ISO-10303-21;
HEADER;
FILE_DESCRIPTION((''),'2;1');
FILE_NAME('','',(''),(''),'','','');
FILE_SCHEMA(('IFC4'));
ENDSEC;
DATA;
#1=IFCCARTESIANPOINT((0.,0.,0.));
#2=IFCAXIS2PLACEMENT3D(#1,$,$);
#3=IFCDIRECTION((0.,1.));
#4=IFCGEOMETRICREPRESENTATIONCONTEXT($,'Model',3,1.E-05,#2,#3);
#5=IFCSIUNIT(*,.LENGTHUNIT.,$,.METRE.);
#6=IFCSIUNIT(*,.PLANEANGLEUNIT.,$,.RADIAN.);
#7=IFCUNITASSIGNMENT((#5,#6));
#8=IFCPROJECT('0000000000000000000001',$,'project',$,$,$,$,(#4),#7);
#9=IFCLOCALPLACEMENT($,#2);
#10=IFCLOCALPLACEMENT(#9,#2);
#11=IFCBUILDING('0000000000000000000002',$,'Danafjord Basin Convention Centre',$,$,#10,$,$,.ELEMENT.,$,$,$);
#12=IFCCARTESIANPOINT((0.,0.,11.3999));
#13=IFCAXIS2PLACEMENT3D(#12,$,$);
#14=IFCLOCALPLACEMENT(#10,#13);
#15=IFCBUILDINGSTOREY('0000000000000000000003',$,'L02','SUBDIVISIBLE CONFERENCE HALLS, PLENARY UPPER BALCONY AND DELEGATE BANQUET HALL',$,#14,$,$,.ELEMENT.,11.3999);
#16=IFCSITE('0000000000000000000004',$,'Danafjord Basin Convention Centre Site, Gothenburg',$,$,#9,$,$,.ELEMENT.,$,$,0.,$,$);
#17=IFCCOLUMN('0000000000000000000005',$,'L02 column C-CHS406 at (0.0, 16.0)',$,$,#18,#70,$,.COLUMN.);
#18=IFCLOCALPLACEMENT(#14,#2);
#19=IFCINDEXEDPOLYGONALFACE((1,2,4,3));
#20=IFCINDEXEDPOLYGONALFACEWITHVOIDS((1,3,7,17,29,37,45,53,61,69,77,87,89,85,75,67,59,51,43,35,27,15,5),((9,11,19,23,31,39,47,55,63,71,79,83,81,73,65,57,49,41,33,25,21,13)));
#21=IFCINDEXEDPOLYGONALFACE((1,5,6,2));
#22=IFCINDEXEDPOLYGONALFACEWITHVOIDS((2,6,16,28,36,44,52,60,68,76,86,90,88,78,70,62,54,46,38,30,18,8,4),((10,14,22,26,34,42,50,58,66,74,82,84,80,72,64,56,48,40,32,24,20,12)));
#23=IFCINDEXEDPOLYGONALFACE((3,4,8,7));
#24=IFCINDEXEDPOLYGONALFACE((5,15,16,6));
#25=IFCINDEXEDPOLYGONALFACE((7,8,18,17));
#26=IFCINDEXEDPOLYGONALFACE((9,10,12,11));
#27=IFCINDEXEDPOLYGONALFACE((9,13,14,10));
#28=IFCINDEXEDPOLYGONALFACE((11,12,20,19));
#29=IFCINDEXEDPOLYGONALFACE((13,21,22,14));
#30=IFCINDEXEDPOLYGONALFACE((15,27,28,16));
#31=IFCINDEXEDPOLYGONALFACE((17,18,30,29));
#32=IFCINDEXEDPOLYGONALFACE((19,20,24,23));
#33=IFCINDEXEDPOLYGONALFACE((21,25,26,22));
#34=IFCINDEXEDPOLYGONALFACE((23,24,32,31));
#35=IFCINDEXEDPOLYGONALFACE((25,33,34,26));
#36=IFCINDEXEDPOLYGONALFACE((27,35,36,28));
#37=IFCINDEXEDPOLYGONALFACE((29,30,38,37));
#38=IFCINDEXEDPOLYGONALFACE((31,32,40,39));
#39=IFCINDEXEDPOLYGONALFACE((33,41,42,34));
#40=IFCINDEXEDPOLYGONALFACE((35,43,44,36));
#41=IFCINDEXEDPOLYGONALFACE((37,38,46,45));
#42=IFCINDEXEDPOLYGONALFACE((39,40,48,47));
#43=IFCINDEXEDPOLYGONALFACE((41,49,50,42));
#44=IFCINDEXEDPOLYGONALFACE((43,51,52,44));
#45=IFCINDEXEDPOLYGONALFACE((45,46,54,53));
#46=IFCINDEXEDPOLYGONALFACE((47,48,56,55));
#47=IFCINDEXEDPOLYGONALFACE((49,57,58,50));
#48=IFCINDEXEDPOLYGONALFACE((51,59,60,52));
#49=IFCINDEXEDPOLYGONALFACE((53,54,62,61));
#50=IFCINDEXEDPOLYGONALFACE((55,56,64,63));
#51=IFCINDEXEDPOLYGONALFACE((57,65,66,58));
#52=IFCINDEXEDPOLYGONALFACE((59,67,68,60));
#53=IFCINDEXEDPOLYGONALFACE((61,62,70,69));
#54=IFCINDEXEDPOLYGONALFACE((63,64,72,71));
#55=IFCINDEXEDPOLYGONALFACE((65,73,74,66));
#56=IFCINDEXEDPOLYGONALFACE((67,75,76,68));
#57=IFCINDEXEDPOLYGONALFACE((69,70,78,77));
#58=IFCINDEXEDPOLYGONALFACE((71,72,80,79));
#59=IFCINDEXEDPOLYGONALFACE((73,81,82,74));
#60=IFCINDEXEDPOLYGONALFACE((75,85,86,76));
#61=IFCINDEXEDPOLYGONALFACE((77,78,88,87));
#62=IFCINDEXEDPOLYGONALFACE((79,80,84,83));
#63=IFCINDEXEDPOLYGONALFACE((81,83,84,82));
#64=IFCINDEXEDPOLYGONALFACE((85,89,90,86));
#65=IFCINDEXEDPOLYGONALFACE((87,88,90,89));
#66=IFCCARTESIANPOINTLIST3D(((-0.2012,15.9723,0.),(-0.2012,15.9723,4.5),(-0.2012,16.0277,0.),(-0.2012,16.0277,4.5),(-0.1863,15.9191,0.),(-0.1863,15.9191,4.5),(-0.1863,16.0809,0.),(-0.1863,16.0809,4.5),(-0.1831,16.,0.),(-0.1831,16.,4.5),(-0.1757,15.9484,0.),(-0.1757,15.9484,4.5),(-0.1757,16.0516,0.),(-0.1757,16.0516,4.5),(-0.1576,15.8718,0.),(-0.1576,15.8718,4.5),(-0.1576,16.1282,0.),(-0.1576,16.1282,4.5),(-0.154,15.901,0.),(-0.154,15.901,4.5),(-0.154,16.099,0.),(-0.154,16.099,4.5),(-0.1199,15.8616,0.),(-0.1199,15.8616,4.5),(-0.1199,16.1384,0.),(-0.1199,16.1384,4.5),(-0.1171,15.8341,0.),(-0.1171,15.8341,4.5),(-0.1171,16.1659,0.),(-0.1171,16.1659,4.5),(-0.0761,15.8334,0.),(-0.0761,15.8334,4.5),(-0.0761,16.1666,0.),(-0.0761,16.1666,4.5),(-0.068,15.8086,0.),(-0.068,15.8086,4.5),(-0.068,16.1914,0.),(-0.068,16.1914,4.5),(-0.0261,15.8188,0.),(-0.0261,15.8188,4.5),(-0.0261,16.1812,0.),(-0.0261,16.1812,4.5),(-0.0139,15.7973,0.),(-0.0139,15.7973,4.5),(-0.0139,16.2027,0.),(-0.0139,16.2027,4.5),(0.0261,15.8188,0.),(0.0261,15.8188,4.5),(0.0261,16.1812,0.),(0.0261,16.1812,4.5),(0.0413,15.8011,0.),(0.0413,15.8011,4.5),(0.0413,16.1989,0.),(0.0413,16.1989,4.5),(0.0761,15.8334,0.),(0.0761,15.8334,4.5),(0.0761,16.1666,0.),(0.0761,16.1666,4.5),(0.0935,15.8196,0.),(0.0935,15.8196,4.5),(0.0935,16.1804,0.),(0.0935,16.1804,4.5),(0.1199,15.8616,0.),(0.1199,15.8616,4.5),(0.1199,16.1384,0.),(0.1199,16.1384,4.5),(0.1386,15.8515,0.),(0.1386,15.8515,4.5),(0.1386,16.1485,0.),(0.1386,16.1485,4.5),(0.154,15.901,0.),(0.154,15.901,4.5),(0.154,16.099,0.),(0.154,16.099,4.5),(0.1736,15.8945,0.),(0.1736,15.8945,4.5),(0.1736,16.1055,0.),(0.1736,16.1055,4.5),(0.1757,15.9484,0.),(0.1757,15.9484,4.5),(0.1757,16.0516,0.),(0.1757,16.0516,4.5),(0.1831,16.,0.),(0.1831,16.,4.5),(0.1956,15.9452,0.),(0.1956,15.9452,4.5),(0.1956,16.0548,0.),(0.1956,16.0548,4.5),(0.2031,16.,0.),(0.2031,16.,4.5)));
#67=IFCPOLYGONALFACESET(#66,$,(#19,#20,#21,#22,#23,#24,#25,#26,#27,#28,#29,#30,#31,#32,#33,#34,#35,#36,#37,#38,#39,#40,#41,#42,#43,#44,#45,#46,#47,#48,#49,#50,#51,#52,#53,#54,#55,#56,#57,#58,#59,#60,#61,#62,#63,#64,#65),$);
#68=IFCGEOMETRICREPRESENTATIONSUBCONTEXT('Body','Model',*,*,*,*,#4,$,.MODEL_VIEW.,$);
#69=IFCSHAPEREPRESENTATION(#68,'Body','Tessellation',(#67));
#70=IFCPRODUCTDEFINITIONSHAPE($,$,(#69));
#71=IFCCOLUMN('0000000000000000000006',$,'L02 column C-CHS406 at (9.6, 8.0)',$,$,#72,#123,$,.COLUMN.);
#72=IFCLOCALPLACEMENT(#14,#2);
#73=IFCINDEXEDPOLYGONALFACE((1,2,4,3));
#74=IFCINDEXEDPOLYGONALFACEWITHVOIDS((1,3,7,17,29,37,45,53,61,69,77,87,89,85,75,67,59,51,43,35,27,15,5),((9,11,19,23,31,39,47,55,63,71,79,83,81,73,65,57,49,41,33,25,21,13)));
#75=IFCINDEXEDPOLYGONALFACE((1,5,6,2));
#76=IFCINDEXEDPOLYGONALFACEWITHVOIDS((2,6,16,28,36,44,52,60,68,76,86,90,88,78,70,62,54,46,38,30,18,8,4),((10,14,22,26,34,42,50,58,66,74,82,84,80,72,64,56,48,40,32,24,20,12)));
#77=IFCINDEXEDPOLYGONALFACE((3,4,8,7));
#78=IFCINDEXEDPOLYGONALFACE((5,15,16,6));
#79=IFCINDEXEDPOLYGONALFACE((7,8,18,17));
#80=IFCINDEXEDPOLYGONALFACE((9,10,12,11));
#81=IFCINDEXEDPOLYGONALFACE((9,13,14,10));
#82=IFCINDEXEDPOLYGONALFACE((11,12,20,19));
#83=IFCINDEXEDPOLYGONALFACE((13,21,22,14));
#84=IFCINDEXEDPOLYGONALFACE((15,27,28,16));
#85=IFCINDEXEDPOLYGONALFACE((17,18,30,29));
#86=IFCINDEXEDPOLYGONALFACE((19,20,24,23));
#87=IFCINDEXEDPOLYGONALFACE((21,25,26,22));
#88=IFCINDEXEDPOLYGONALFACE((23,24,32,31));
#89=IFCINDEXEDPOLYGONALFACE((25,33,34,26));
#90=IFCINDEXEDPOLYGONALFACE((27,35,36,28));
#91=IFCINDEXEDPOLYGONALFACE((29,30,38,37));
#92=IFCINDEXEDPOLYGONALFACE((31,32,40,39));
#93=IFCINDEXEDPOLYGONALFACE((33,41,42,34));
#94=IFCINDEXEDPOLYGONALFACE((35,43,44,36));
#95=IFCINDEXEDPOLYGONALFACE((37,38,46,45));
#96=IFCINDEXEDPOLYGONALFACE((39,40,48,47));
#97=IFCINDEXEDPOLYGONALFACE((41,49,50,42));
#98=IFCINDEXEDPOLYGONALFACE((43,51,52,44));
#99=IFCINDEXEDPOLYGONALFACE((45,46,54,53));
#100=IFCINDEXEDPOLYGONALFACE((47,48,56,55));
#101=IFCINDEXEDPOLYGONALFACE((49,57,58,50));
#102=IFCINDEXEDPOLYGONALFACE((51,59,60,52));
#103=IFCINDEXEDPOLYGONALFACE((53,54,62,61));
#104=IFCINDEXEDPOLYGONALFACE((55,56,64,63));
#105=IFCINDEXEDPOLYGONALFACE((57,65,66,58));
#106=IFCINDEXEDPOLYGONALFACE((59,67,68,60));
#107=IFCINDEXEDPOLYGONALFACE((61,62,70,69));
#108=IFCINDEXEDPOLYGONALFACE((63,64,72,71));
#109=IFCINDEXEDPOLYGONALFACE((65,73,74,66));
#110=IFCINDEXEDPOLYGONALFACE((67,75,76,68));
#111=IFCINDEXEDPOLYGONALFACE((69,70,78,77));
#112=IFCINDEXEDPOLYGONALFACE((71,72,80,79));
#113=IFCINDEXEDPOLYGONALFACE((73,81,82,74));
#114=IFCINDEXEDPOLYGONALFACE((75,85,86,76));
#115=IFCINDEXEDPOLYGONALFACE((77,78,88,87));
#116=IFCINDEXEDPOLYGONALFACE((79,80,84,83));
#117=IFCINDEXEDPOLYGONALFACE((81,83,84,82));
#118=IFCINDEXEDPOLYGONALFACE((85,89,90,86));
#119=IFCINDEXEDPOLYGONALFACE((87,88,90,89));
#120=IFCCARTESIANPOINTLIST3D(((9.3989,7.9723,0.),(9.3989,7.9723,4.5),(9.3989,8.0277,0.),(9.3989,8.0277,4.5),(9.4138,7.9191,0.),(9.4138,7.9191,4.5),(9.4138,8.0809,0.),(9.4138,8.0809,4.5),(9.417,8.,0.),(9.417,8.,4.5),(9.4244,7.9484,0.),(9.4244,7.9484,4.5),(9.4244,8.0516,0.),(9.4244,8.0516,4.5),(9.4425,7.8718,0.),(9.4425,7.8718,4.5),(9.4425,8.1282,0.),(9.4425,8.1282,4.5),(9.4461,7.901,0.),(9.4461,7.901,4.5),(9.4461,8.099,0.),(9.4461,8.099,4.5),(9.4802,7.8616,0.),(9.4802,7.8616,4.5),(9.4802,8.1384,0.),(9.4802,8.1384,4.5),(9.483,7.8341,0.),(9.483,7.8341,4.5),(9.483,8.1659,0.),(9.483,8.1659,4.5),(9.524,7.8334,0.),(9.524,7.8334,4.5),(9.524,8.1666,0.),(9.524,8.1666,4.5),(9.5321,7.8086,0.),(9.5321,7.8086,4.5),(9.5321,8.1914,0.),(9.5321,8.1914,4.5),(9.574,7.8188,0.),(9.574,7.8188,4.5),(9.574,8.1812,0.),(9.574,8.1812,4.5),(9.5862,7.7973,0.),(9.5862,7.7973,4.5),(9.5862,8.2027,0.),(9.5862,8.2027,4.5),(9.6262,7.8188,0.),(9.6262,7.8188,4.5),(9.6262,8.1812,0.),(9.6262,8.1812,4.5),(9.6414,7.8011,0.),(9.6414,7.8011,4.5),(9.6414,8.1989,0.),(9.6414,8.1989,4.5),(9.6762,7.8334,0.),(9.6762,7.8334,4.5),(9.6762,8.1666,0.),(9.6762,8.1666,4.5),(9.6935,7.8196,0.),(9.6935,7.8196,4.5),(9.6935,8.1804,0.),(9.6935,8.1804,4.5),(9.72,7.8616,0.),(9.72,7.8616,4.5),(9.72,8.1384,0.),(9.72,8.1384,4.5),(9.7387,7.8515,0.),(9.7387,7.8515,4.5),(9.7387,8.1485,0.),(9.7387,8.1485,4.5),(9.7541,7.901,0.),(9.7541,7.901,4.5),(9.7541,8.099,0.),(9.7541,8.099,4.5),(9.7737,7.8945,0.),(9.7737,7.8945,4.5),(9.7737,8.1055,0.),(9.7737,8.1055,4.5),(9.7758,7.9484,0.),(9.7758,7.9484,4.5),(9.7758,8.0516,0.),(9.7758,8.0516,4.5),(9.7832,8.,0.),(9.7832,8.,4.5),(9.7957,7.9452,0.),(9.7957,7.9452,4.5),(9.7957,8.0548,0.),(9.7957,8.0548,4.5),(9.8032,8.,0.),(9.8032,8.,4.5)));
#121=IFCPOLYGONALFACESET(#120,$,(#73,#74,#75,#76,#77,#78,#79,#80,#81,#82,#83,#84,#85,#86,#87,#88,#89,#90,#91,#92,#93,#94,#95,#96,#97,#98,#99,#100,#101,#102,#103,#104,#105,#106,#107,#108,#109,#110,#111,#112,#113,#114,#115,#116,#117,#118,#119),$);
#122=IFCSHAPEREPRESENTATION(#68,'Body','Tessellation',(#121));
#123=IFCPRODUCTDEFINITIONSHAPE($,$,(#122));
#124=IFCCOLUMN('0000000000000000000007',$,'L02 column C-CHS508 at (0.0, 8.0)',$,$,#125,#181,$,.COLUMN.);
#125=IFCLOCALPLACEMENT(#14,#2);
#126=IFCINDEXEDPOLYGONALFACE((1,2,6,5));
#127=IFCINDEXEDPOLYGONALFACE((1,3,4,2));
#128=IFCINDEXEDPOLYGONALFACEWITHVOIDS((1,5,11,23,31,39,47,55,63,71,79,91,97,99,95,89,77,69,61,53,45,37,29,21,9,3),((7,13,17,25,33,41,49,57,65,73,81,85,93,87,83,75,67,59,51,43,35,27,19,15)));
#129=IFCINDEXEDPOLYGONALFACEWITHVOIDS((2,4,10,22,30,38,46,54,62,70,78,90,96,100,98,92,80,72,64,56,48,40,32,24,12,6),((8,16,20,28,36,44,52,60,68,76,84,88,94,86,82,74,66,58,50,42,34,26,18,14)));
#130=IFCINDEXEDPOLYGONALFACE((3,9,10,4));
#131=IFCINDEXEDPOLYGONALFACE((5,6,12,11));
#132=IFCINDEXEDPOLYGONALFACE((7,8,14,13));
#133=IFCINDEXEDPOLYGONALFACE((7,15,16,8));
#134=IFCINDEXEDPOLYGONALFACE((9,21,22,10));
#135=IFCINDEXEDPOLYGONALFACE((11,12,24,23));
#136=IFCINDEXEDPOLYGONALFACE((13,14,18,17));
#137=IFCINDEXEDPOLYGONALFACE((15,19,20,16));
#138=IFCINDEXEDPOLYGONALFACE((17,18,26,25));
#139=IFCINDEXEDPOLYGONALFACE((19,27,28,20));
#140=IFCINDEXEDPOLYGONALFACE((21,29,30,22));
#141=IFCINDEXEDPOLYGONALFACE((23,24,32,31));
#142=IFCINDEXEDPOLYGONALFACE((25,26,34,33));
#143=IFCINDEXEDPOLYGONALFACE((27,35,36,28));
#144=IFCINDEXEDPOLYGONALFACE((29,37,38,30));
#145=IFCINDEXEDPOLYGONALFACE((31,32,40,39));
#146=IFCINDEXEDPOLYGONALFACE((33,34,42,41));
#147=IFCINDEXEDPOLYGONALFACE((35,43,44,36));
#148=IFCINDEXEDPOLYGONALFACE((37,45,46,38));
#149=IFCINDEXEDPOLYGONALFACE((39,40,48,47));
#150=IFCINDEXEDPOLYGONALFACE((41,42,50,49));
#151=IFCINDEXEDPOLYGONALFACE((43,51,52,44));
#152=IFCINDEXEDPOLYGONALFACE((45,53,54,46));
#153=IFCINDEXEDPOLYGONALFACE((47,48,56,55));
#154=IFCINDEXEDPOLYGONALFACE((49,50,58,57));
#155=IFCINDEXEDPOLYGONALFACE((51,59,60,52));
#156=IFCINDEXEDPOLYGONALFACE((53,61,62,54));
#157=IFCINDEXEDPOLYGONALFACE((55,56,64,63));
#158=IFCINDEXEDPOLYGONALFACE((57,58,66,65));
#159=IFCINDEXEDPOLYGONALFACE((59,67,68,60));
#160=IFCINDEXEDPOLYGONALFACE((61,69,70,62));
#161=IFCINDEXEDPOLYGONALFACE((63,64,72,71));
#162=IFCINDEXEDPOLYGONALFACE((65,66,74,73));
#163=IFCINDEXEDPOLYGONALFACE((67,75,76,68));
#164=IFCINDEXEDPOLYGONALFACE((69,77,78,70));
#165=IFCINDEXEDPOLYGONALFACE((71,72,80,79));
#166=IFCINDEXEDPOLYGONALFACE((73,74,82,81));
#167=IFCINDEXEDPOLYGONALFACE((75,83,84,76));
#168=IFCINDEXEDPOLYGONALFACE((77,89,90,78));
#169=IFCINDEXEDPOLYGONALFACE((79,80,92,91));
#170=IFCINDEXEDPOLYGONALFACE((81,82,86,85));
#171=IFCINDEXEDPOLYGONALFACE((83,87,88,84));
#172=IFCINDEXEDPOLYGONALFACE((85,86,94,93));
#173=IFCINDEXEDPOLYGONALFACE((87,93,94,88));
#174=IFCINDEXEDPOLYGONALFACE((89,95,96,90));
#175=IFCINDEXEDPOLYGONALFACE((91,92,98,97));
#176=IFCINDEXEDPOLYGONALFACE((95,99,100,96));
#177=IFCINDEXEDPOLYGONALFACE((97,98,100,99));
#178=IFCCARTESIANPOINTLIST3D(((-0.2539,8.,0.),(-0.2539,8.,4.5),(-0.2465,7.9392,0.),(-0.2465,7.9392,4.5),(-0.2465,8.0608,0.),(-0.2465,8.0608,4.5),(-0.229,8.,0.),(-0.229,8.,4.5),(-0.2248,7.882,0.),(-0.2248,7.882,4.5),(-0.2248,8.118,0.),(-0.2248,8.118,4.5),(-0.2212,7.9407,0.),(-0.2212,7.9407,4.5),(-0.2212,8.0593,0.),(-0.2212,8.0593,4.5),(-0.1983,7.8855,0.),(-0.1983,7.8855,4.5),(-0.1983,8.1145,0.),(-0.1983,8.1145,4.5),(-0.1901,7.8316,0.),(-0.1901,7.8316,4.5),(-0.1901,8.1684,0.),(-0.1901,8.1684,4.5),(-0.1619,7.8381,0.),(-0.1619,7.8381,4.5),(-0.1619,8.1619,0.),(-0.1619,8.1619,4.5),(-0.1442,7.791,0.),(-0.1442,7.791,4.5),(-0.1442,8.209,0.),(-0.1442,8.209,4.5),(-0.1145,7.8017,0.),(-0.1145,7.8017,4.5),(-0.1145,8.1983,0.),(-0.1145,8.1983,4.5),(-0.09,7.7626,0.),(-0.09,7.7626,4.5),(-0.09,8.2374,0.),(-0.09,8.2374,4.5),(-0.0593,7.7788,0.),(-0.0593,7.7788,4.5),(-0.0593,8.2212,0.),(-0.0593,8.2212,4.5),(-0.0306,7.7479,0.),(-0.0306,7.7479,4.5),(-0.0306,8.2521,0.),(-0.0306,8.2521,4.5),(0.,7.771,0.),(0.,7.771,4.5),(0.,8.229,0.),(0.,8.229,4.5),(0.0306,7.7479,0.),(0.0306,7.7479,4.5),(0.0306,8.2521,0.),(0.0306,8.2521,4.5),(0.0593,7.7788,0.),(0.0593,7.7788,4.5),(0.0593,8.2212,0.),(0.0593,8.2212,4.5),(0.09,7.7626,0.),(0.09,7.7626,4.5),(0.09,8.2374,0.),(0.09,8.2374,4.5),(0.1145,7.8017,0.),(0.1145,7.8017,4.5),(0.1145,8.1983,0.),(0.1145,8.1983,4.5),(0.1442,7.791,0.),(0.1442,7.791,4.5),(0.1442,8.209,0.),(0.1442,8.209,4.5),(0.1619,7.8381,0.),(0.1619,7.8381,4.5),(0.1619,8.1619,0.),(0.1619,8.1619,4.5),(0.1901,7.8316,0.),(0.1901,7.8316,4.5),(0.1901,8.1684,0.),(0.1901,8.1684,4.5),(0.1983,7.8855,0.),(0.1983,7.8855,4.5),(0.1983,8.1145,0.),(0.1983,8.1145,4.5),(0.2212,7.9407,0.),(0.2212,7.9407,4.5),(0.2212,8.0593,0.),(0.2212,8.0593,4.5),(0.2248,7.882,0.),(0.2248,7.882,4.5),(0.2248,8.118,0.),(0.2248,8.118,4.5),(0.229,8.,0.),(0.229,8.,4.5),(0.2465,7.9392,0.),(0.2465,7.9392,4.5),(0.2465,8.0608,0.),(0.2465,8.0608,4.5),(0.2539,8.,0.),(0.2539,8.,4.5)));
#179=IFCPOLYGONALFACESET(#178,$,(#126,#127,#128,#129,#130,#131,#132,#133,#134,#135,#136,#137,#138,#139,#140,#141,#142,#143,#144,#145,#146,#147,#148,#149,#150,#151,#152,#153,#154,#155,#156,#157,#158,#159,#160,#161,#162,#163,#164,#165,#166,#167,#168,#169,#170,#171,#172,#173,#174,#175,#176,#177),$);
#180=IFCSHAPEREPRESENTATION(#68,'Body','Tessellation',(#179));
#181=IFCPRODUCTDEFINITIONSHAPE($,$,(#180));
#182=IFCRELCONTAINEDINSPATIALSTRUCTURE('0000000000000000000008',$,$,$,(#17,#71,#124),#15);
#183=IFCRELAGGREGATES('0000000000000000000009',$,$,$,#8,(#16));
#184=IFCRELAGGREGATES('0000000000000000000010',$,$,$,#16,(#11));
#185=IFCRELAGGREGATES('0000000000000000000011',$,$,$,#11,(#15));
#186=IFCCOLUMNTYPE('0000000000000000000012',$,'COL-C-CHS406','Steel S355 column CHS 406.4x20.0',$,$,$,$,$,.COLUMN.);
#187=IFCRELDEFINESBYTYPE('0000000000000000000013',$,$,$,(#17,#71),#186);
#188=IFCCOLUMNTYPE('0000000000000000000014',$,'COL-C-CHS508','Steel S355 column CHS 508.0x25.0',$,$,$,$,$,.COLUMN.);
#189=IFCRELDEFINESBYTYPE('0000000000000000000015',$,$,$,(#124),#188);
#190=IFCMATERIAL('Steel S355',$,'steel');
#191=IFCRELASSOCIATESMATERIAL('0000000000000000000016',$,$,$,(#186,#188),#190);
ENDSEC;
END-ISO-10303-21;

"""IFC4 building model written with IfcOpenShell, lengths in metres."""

from ifc_helpers import new_model, si_unit, direction, frame, origin, origin_2d, place, context, subcontext, project, spatial, hollow_circle, extrude, material, material_profile, profile_set, type_object, element, save


model = new_model("IFC4")

# Units and contexts
model_context = context("Model", 3, precision=1e-05, world=origin(), true_north=direction((0.0, 1.0)))
body_context = subcontext(model_context, "Body", "Model", "MODEL_VIEW")
ifc_project = project(units=[si_unit("LENGTHUNIT", "METRE"), si_unit("PLANEANGLEUNIT", "RADIAN")], contexts=[model_context])

# Site, building, storey
site_placement = place(None, origin())
site = spatial("IfcSite", under=ifc_project, at=site_placement, Name="Danafjord Basin Convention Centre Site, Gothenburg", CompositionType="ELEMENT", RefElevation=0.0)
building_placement = place(site_placement, origin())
building = spatial("IfcBuilding", under=site, at=building_placement, Name="Danafjord Basin Convention Centre", CompositionType="ELEMENT")
storey_placement = place(building_placement, frame((0.0, 0.0, 11.3999)))
storey = spatial("IfcBuildingStorey", under=building, at=storey_placement, Name="L02", Description="SUBDIVISIBLE CONFERENCE HALLS, PLENARY UPPER BALCONY AND DELEGATE BANQUET HALL", CompositionType="ELEMENT", Elevation=11.3999)

# Columns
ifc_material_1 = material(Name="Steel S355", Category="steel")
ifc_material_profile_1 = material_profile(ifc_material_1, hollow_circle(Radius=0.2031, WallThickness=0.02, at=origin_2d()), Name="CHS 406.4x20.0")
ifc_profile_set_1 = profile_set([ifc_material_profile_1], Name="Steel S355")
column_type_1 = type_object("IfcColumnType", Name="COL-C-CHS406", Description="Steel S355 column CHS 406.4x20.0", PredefinedType="COLUMN", material=ifc_profile_set_1)
for number, where, z_axis, x_axis, name in (
    (1, (0.0, 16.0, 0.0), (0.0, 0.0, 1.0), (1.0, 0.0, 0.0), "L02 column C-CHS406 at (0.0, 16.0)"),
    (2, (9.6001, 8.0, 0.0), (0.0, 0.0, 1.0), (1.0, 0.0, 0.0), "L02 column C-CHS406 at (9.6, 8.0)"),
):
    element("IfcColumn", number, at=place(storey_placement, frame(where, z_axis=z_axis, x_axis=x_axis)), inside=storey, type_object=column_type_1, Name=name, PredefinedType="COLUMN", context=body_context, shape_type="SweptSolid", body=[
        extrude(hollow_circle(Radius=0.2031, WallThickness=0.02, at=origin_2d()), origin(), (0.0, 0.0, 1.0), 4.5),
    ])
ifc_material_profile_2 = material_profile(ifc_material_1, hollow_circle(Radius=0.2539, WallThickness=0.0249, at=origin_2d()), Name="CHS 508.0x25.0")
ifc_profile_set_2 = profile_set([ifc_material_profile_2], Name="Steel S355")
column_type_2 = type_object("IfcColumnType", Name="COL-C-CHS508", Description="Steel S355 column CHS 508.0x25.0", PredefinedType="COLUMN", material=ifc_profile_set_2)
for number, where, z_axis, x_axis, name in (
    (3, (0.0, 8.0, 0.0), (0.0, 0.0, 1.0), (1.0, 0.0, 0.0), "L02 column C-CHS508 at (0.0, 8.0)"),
):
    element("IfcColumn", number, at=place(storey_placement, frame(where, z_axis=z_axis, x_axis=x_axis)), inside=storey, type_object=column_type_2, Name=name, PredefinedType="COLUMN", context=body_context, shape_type="SweptSolid", body=[
        extrude(hollow_circle(Radius=0.2539, WallThickness=0.0249, at=origin_2d()), origin(), (0.0, 0.0, 1.0), 4.5),
    ])

save(model, "model.ifc")
